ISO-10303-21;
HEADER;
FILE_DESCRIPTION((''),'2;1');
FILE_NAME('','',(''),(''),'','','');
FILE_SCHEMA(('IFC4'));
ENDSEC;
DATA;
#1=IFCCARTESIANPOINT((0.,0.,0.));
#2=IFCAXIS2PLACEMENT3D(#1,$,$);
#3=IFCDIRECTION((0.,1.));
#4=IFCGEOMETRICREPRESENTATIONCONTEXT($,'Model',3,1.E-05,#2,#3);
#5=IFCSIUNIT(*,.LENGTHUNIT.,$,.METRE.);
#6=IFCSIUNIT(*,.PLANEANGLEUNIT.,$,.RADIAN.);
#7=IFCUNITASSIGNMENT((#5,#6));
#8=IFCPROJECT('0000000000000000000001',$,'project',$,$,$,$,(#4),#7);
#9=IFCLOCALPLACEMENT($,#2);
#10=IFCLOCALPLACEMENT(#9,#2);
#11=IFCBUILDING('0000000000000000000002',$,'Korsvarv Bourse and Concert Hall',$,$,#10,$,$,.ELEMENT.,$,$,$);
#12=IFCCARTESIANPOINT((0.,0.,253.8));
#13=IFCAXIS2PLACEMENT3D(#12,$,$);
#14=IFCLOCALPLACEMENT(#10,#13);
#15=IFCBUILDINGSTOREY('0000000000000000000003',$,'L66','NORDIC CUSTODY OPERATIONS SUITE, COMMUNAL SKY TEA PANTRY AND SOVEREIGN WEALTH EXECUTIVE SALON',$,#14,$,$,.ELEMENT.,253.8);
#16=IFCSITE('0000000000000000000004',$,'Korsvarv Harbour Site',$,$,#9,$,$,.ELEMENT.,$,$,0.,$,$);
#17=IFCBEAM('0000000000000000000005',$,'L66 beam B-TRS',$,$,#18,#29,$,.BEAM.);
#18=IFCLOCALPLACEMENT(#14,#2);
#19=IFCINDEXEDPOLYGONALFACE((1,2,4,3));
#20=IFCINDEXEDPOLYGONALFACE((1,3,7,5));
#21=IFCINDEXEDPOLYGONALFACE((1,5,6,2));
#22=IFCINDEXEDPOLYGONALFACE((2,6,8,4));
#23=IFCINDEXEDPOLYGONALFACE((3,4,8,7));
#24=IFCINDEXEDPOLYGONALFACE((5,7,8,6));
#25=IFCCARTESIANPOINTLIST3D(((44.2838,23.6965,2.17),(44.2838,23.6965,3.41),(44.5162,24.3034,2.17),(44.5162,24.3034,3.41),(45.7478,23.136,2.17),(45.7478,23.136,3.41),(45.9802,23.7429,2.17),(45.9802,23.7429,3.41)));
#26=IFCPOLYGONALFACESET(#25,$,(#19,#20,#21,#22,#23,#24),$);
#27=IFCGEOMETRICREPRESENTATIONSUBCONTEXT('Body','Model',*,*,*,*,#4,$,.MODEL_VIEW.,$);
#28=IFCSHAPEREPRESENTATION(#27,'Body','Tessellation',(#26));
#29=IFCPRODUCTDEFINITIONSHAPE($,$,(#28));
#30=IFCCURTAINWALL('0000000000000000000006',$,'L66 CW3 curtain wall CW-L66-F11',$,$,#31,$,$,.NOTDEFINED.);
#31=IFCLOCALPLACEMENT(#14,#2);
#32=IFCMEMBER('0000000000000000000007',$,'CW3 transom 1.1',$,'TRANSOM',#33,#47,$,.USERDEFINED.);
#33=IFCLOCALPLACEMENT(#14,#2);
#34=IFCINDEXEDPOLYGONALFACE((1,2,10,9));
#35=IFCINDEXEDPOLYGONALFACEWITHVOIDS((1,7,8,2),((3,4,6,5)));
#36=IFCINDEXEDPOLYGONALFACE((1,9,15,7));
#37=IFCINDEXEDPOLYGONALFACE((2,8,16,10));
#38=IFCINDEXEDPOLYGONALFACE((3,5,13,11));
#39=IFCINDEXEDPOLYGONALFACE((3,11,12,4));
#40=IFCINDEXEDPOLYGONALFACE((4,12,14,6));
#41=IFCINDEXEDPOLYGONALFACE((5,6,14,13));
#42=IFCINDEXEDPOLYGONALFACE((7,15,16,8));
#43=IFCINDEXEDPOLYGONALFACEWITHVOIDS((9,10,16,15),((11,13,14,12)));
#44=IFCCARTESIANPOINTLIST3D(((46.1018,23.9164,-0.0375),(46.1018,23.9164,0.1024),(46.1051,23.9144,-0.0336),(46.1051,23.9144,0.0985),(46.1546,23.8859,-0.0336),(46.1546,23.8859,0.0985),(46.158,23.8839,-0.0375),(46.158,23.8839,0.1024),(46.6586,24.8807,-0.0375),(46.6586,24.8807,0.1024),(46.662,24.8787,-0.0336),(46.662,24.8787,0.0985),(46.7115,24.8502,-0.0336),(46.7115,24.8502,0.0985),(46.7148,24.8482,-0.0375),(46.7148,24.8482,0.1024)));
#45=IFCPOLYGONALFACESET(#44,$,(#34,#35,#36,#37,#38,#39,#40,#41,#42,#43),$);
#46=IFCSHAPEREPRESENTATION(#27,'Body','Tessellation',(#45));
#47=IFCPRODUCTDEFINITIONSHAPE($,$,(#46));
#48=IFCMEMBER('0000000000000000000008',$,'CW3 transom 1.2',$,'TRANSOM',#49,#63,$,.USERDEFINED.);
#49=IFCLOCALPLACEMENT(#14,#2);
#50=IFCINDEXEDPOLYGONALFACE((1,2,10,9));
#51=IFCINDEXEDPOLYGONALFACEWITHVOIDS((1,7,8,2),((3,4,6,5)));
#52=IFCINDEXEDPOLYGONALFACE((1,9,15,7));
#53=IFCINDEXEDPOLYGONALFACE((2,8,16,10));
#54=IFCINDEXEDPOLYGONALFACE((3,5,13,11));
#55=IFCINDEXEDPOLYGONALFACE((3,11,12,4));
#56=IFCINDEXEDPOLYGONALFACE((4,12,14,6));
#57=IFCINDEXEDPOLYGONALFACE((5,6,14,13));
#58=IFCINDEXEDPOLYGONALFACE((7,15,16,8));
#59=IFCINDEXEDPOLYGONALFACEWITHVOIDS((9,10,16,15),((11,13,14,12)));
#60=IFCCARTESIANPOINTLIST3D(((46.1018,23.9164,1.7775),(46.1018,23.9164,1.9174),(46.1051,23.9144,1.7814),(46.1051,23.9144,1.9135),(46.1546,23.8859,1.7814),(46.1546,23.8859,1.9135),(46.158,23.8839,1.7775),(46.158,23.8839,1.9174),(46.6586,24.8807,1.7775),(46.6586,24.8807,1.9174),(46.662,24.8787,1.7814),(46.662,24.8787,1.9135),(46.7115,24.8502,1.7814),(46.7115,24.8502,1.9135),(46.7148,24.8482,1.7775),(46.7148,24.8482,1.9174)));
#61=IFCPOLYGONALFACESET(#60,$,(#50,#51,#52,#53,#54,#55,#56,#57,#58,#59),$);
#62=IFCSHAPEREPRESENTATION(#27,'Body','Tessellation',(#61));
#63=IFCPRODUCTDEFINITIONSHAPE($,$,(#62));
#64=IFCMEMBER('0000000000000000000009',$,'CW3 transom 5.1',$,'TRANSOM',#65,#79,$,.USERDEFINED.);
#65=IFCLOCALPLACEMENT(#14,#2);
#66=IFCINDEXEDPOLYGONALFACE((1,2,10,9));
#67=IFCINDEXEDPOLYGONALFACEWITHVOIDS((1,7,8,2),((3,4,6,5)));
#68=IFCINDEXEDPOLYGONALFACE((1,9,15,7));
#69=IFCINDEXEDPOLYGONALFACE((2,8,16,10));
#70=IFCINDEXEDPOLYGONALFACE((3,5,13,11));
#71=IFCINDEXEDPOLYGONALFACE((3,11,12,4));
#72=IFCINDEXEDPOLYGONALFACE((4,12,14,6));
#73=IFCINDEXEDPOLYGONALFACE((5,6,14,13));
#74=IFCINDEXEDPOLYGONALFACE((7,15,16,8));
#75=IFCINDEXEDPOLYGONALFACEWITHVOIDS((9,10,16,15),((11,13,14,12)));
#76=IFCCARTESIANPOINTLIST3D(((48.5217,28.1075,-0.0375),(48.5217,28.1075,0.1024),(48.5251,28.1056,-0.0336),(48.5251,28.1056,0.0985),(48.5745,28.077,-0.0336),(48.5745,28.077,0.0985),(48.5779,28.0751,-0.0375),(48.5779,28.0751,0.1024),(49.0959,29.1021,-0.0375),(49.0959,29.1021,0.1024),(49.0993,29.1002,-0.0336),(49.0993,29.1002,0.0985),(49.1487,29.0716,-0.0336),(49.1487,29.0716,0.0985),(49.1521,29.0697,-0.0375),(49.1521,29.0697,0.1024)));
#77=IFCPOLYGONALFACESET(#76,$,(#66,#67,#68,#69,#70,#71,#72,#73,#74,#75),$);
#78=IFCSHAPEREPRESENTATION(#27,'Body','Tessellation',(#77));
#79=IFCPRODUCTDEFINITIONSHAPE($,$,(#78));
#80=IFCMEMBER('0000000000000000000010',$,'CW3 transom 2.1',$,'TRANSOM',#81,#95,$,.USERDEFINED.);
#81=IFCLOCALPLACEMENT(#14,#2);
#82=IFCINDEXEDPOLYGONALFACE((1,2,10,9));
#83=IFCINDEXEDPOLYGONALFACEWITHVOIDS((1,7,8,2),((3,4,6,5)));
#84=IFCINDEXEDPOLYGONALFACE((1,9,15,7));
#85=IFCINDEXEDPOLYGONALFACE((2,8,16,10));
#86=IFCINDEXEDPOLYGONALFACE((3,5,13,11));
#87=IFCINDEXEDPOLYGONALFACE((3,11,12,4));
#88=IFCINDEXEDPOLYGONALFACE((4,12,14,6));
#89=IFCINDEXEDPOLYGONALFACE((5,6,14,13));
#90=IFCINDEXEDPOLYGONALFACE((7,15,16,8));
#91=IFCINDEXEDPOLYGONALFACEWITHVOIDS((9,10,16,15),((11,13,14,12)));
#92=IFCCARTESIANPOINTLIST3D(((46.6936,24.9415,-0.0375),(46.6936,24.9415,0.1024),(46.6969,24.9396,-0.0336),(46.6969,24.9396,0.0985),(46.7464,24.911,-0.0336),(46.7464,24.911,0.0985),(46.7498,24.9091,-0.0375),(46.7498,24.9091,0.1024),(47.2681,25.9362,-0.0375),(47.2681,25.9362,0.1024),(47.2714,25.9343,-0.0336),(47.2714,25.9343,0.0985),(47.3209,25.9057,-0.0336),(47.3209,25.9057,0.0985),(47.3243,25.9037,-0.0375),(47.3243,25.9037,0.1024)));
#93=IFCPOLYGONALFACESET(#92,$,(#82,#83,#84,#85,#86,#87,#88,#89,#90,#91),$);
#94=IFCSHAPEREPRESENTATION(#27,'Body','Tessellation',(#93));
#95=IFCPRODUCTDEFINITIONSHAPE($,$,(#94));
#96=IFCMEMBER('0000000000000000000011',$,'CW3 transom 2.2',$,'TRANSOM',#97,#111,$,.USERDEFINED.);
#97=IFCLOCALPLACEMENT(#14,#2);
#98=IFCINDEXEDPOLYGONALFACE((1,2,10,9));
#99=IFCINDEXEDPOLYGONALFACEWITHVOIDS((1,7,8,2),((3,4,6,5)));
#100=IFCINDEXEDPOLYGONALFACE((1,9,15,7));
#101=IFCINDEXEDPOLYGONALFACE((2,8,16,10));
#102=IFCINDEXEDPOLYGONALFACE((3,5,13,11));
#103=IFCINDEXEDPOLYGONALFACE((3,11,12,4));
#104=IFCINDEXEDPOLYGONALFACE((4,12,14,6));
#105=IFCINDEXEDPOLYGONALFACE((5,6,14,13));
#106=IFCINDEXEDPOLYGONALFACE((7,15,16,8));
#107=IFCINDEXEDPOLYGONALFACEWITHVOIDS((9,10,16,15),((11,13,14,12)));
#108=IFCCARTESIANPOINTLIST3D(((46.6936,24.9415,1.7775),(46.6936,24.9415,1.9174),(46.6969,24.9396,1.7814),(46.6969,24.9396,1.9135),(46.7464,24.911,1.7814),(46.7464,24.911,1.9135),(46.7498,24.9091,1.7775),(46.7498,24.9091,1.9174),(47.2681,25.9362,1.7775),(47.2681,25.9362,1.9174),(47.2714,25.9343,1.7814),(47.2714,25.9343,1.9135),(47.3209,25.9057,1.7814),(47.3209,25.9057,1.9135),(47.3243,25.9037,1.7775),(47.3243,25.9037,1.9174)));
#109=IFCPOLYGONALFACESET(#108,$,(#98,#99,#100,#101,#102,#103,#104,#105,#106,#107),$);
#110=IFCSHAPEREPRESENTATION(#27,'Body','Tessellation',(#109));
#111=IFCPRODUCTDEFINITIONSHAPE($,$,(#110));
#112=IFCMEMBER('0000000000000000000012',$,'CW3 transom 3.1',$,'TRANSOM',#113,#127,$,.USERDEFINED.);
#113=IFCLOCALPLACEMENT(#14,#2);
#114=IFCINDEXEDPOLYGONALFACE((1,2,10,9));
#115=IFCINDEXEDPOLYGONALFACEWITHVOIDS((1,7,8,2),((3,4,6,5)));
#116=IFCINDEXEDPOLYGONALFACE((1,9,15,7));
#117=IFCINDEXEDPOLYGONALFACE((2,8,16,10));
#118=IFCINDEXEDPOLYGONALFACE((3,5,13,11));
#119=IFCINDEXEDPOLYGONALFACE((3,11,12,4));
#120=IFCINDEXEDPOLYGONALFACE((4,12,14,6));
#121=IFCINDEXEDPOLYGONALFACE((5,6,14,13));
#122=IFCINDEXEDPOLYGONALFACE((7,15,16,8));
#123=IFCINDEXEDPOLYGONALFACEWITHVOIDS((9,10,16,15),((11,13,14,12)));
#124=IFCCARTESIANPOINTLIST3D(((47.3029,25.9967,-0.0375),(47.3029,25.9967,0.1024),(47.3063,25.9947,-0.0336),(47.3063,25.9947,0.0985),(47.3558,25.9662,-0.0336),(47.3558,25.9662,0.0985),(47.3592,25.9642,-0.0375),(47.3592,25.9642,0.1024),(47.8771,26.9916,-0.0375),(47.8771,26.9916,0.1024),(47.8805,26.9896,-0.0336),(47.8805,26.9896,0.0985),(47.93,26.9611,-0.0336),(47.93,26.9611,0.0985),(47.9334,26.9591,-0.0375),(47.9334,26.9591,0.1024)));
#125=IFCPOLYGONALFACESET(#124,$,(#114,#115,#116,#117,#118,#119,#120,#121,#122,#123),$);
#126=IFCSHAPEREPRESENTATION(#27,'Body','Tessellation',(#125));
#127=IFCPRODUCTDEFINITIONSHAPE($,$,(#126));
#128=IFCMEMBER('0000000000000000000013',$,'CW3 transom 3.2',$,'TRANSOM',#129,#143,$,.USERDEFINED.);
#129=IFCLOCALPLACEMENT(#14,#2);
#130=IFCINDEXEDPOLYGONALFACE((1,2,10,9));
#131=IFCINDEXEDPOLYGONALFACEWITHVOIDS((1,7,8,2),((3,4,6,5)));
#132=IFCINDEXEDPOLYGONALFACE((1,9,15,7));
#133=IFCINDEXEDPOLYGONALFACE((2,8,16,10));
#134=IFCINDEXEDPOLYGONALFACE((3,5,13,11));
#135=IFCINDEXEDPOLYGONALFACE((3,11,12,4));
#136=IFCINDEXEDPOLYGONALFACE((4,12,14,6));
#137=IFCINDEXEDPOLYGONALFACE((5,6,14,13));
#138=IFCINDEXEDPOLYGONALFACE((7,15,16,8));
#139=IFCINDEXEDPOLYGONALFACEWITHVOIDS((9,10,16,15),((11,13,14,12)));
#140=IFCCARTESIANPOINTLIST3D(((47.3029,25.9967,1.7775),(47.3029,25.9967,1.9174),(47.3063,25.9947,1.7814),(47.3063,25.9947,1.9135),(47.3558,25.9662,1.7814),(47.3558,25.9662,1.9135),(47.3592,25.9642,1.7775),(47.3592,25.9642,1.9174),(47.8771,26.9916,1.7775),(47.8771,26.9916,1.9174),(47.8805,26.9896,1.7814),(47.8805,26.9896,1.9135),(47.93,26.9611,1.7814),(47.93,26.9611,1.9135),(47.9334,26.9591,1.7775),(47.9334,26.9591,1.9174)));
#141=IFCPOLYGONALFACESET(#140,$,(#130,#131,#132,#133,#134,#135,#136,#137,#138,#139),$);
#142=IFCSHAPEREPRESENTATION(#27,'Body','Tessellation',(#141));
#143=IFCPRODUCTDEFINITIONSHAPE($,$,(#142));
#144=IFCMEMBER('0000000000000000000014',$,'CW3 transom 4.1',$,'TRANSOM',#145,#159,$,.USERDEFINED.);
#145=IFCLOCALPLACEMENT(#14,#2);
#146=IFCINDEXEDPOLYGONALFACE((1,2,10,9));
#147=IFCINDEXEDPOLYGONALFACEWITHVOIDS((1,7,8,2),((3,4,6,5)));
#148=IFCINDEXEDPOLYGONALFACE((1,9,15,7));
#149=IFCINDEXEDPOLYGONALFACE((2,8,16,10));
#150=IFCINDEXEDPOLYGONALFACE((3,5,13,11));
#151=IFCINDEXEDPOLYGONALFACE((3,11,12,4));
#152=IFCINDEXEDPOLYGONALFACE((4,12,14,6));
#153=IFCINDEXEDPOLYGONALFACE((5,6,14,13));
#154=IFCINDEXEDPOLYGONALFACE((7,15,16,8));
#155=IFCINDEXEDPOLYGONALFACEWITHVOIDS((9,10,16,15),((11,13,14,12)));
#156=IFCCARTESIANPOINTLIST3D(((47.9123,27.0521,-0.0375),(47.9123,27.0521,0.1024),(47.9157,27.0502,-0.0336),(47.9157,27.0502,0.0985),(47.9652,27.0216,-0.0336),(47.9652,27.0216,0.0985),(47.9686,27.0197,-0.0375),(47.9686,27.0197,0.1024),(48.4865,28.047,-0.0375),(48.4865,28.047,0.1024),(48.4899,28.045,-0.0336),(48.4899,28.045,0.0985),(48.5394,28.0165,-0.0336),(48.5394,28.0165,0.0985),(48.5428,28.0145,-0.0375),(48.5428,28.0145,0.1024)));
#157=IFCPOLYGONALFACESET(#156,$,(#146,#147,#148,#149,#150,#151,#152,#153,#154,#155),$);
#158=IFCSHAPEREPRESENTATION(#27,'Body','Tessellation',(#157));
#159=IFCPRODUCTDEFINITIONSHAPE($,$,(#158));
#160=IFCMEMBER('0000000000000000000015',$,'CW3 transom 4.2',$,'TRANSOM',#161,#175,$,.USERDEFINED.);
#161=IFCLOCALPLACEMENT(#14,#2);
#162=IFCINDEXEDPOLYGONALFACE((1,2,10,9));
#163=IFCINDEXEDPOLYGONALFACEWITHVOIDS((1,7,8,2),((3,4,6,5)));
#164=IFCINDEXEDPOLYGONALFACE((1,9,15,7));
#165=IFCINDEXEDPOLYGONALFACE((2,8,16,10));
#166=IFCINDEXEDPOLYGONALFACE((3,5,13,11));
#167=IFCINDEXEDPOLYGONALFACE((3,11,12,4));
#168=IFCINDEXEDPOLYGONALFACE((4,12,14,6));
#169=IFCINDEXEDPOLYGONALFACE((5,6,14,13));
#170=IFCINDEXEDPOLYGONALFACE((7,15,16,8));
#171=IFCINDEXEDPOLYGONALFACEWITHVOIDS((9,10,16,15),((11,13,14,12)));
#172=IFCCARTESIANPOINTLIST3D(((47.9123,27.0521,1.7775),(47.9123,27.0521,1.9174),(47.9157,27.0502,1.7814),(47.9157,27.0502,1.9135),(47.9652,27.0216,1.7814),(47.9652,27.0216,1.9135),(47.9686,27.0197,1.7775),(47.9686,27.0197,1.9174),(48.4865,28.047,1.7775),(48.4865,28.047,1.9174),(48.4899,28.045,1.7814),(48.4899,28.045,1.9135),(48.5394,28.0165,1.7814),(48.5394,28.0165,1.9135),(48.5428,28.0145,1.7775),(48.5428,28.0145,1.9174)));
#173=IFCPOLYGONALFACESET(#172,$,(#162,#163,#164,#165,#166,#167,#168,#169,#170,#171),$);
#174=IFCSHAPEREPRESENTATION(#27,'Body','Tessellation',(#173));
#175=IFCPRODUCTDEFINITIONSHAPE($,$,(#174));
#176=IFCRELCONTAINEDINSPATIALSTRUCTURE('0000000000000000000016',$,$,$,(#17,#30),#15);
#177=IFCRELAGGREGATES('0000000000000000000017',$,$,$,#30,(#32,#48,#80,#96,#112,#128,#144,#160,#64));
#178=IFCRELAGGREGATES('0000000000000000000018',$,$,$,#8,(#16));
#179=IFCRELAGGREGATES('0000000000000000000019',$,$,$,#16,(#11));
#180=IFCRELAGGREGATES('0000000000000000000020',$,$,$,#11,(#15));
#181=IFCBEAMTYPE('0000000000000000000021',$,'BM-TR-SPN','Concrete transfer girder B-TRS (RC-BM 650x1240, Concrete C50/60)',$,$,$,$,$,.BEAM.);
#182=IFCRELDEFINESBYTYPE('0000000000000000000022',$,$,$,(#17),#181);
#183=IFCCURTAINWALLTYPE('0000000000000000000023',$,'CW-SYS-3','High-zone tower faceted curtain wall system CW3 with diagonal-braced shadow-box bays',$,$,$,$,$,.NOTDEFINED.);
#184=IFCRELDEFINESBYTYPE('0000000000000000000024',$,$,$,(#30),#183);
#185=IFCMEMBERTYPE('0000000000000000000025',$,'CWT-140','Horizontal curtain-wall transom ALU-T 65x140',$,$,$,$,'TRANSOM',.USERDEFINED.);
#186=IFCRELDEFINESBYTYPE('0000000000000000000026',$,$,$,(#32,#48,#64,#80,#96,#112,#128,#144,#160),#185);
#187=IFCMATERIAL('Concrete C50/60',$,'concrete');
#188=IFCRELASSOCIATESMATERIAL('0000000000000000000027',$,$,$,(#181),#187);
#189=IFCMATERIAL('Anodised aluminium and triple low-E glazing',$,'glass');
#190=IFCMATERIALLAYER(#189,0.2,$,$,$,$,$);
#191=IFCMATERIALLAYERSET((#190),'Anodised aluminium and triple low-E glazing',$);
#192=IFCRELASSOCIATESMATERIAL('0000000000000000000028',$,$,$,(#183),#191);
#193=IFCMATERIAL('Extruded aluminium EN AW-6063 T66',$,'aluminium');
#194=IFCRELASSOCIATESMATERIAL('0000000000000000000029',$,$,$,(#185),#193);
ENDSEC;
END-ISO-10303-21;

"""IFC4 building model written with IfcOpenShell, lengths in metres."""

from ifc_helpers import new_model, si_unit, direction, frame, origin, origin_2d, place, context, subcontext, project, spatial, rectangle, hollow_rectangle, extrude, source, transform, mapped, material, layer, layer_set, material_profile, profile_set, type_object, element, aggregate, save


model = new_model("IFC4")

# Units and contexts
model_context = context("Model", 3, precision=1e-05, world=origin(), true_north=direction((0.0, 1.0)))
body_context = subcontext(model_context, "Body", "Model", "MODEL_VIEW")
ifc_project = project(units=[si_unit("LENGTHUNIT", "METRE"), si_unit("PLANEANGLEUNIT", "RADIAN")], contexts=[model_context])

# Site, building, storey
site_placement = place(None, origin())
site = spatial("IfcSite", under=ifc_project, at=site_placement, Name="Korsvarv Harbour Site", CompositionType="ELEMENT", RefElevation=0.0)
building_placement = place(site_placement, origin())
building = spatial("IfcBuilding", under=site, at=building_placement, Name="Korsvarv Bourse and Concert Hall", CompositionType="ELEMENT")
storey_placement = place(building_placement, frame((0.0, 0.0, 253.8)))
storey = spatial("IfcBuildingStorey", under=building, at=storey_placement, Name="L66", Description="NORDIC CUSTODY OPERATIONS SUITE, COMMUNAL SKY TEA PANTRY AND SOVEREIGN WEALTH EXECUTIVE SALON", CompositionType="ELEMENT", Elevation=253.8)

# Shared definitions
ifc_material_1 = material(Name="Concrete C50/60", Category="concrete")

# Beam
ifc_material_profile_1 = material_profile(ifc_material_1, rectangle(XDim=0.6499, YDim=1.24, at=origin_2d()), Name="RC-BM 650x1240")
ifc_profile_set_1 = profile_set([ifc_material_profile_1], Name="Concrete C50/60")
beam_type_1 = type_object("IfcBeamType", Name="BM-TR-SPN", Description="Concrete transfer girder B-TRS (RC-BM 650x1240, Concrete C50/60)", PredefinedType="BEAM", material=ifc_profile_set_1)
shared_shape_1 = source(origin(), body_context, "Body", "SweptSolid", [
    extrude(rectangle(XDim=0.6499, YDim=1.24, at=origin_2d()), origin(), (0.0, 0.0, 1.0), 1.5676),
])
beam_1_placement = place(storey_placement, frame((45.864, 23.4395, 2.79), z_axis=(-0.933894, 0.357549, 0.0), x_axis=(-0.357549, -0.933894, 0.0)))
element("IfcBeam", 1, at=beam_1_placement, inside=storey, type_object=beam_type_1, Name="L66 beam B-TRS", PredefinedType="BEAM", context=body_context, shape_type="MappedRepresentation", body=[
    mapped(shared_shape_1, transform((0.0, 0.0, 0.0), scale=1.0)),
])

# Curtain wall, members
ifc_material_2 = material(Name="Anodised aluminium and triple low-E glazing", Category="glass")
ifc_layer_1 = layer(ifc_material_2, 0.2)
ifc_layer_set_1 = layer_set([ifc_layer_1], Name="Anodised aluminium and triple low-E glazing")
curtain_wall_type = type_object("IfcCurtainWallType", Name="CW-SYS-3", Description="High-zone tower faceted curtain wall system CW3 with diagonal-braced shadow-box bays", PredefinedType="NOTDEFINED", material=ifc_layer_set_1)
curtain_wall_placement = place(storey_placement, origin())
curtain_wall = element("IfcCurtainWall", 2, at=curtain_wall_placement, inside=storey, type_object=curtain_wall_type, Name="L66 CW3 curtain wall CW-L66-F11", PredefinedType="NOTDEFINED")
ifc_material_3 = material(Name="Extruded aluminium EN AW-6063 T66", Category="aluminium")
ifc_material_profile_2 = material_profile(ifc_material_3, hollow_rectangle(XDim=0.0649, YDim=0.1399, WallThickness=0.0039, at=origin_2d()), Name="ALU-T 65x140")
ifc_profile_set_2 = profile_set([ifc_material_profile_2], Name="Extruded aluminium EN AW-6063 T66")
member_type_1 = type_object("IfcMemberType", Name="CWT-140", Description="Horizontal curtain-wall transom ALU-T 65x140", ElementType="TRANSOM", PredefinedType="USERDEFINED", material=ifc_profile_set_2)
shared_shape_2 = source(origin(), body_context, "Body", "SweptSolid", [
    extrude(hollow_rectangle(XDim=0.0649, YDim=0.1399, WallThickness=0.0039, at=origin_2d()), origin(), (0.0, 0.0, 1.0), 1.1135),
])
member_1_placement = place(storey_placement, frame((46.1299, 23.9001, 0.0325), z_axis=(0.500077, 0.865981, 0.0), x_axis=(-0.865981, 0.500077, 0.0)))
member_1 = element("IfcMember", 3, at=member_1_placement, type_object=member_type_1, Name="CW3 transom 1.1", ObjectType="TRANSOM", PredefinedType="USERDEFINED", context=body_context, shape_type="MappedRepresentation", body=[
    mapped(shared_shape_2, transform((0.0, 0.0, 0.0), scale=1.0)),
])
member_2_placement = place(storey_placement, frame((46.1299, 23.9001, 1.8474), z_axis=(0.500077, 0.865981, 0.0), x_axis=(-0.865981, 0.500077, 0.0)))
member_2 = element("IfcMember", 4, at=member_2_placement, type_object=member_type_1, Name="CW3 transom 1.2", ObjectType="TRANSOM", PredefinedType="USERDEFINED", context=body_context, shape_type="MappedRepresentation", body=[
    mapped(shared_shape_2, transform((0.0, 0.0, 0.0), scale=1.0)),
])
shared_shape_3 = source(origin(), body_context, "Body", "SweptSolid", [
    extrude(hollow_rectangle(XDim=0.0649, YDim=0.1399, WallThickness=0.0039, at=origin_2d()), origin(), (0.0, 0.0, 1.0), 1.1484),
])
member_3_placement = place(storey_placement, frame((48.5498, 28.0913, 0.0325), z_axis=(0.49998, 0.866037, 0.0), x_axis=(-0.866037, 0.49998, 0.0)))
member_3 = element("IfcMember", 5, at=member_3_placement, type_object=member_type_1, Name="CW3 transom 5.1", ObjectType="TRANSOM", PredefinedType="USERDEFINED", context=body_context, shape_type="MappedRepresentation", body=[
    mapped(shared_shape_3, transform((0.0, 0.0, 0.0), scale=1.0)),
])
shared_shape_4 = source(origin(), body_context, "Body", "SweptSolid", [
    extrude(hollow_rectangle(XDim=0.0649, YDim=0.1399, WallThickness=0.0039, at=origin_2d()), origin(), (0.0, 0.0, 1.0), 1.1487),
])
member_4_placement = place(storey_placement, frame((46.7217, 24.9253, 0.0325), z_axis=(0.500139, 0.865945, 0.0), x_axis=(-0.865945, 0.500139, 0.0)))
member_4 = element("IfcMember", 6, at=member_4_placement, type_object=member_type_1, Name="CW3 transom 2.1", ObjectType="TRANSOM", PredefinedType="USERDEFINED", context=body_context, shape_type="MappedRepresentation", body=[
    mapped(shared_shape_4, transform((0.0, 0.0, 0.0), scale=1.0)),
])
member_5_placement = place(storey_placement, frame((46.7217, 24.9253, 1.8474), z_axis=(0.500139, 0.865945, 0.0), x_axis=(-0.865945, 0.500139, 0.0)))
member_5 = element("IfcMember", 7, at=member_5_placement, type_object=member_type_1, Name="CW3 transom 2.2", ObjectType="TRANSOM", PredefinedType="USERDEFINED", context=body_context, shape_type="MappedRepresentation", body=[
    mapped(shared_shape_4, transform((0.0, 0.0, 0.0), scale=1.0)),
])
member_6_placement = place(storey_placement, frame((47.3311, 25.9805, 0.0325), z_axis=(0.499888, 0.86609, 0.0), x_axis=(-0.86609, 0.499888, 0.0)))
member_6 = element("IfcMember", 8, at=member_6_placement, type_object=member_type_1, Name="CW3 transom 3.1", ObjectType="TRANSOM", PredefinedType="USERDEFINED", context=body_context, shape_type="MappedRepresentation", body=[
    mapped(shared_shape_4, transform((0.0, 0.0, 0.0), scale=1.0)),
])
member_7_placement = place(storey_placement, frame((47.3311, 25.9805, 1.8474), z_axis=(0.499888, 0.86609, 0.0), x_axis=(-0.86609, 0.499888, 0.0)))
member_7 = element("IfcMember", 9, at=member_7_placement, type_object=member_type_1, Name="CW3 transom 3.2", ObjectType="TRANSOM", PredefinedType="USERDEFINED", context=body_context, shape_type="MappedRepresentation", body=[
    mapped(shared_shape_4, transform((0.0, 0.0, 0.0), scale=1.0)),
])
member_8_placement = place(storey_placement, frame((47.9404, 27.0359, 0.0325), z_axis=(0.499888, 0.86609, 0.0), x_axis=(-0.86609, 0.499888, 0.0)))
member_8 = element("IfcMember", 10, at=member_8_placement, type_object=member_type_1, Name="CW3 transom 4.1", ObjectType="TRANSOM", PredefinedType="USERDEFINED", context=body_context, shape_type="MappedRepresentation", body=[
    mapped(shared_shape_4, transform((0.0, 0.0, 0.0), scale=1.0)),
])
member_9_placement = place(storey_placement, frame((47.9404, 27.0359, 1.8474), z_axis=(0.499888, 0.86609, 0.0), x_axis=(-0.86609, 0.499888, 0.0)))
member_9 = element("IfcMember", 11, at=member_9_placement, type_object=member_type_1, Name="CW3 transom 4.2", ObjectType="TRANSOM", PredefinedType="USERDEFINED", context=body_context, shape_type="MappedRepresentation", body=[
    mapped(shared_shape_4, transform((0.0, 0.0, 0.0), scale=1.0)),
])
aggregate(curtain_wall, [member_1, member_2, member_4, member_5, member_6, member_7, member_8, member_9, member_3])

save(model, "model.ifc")
